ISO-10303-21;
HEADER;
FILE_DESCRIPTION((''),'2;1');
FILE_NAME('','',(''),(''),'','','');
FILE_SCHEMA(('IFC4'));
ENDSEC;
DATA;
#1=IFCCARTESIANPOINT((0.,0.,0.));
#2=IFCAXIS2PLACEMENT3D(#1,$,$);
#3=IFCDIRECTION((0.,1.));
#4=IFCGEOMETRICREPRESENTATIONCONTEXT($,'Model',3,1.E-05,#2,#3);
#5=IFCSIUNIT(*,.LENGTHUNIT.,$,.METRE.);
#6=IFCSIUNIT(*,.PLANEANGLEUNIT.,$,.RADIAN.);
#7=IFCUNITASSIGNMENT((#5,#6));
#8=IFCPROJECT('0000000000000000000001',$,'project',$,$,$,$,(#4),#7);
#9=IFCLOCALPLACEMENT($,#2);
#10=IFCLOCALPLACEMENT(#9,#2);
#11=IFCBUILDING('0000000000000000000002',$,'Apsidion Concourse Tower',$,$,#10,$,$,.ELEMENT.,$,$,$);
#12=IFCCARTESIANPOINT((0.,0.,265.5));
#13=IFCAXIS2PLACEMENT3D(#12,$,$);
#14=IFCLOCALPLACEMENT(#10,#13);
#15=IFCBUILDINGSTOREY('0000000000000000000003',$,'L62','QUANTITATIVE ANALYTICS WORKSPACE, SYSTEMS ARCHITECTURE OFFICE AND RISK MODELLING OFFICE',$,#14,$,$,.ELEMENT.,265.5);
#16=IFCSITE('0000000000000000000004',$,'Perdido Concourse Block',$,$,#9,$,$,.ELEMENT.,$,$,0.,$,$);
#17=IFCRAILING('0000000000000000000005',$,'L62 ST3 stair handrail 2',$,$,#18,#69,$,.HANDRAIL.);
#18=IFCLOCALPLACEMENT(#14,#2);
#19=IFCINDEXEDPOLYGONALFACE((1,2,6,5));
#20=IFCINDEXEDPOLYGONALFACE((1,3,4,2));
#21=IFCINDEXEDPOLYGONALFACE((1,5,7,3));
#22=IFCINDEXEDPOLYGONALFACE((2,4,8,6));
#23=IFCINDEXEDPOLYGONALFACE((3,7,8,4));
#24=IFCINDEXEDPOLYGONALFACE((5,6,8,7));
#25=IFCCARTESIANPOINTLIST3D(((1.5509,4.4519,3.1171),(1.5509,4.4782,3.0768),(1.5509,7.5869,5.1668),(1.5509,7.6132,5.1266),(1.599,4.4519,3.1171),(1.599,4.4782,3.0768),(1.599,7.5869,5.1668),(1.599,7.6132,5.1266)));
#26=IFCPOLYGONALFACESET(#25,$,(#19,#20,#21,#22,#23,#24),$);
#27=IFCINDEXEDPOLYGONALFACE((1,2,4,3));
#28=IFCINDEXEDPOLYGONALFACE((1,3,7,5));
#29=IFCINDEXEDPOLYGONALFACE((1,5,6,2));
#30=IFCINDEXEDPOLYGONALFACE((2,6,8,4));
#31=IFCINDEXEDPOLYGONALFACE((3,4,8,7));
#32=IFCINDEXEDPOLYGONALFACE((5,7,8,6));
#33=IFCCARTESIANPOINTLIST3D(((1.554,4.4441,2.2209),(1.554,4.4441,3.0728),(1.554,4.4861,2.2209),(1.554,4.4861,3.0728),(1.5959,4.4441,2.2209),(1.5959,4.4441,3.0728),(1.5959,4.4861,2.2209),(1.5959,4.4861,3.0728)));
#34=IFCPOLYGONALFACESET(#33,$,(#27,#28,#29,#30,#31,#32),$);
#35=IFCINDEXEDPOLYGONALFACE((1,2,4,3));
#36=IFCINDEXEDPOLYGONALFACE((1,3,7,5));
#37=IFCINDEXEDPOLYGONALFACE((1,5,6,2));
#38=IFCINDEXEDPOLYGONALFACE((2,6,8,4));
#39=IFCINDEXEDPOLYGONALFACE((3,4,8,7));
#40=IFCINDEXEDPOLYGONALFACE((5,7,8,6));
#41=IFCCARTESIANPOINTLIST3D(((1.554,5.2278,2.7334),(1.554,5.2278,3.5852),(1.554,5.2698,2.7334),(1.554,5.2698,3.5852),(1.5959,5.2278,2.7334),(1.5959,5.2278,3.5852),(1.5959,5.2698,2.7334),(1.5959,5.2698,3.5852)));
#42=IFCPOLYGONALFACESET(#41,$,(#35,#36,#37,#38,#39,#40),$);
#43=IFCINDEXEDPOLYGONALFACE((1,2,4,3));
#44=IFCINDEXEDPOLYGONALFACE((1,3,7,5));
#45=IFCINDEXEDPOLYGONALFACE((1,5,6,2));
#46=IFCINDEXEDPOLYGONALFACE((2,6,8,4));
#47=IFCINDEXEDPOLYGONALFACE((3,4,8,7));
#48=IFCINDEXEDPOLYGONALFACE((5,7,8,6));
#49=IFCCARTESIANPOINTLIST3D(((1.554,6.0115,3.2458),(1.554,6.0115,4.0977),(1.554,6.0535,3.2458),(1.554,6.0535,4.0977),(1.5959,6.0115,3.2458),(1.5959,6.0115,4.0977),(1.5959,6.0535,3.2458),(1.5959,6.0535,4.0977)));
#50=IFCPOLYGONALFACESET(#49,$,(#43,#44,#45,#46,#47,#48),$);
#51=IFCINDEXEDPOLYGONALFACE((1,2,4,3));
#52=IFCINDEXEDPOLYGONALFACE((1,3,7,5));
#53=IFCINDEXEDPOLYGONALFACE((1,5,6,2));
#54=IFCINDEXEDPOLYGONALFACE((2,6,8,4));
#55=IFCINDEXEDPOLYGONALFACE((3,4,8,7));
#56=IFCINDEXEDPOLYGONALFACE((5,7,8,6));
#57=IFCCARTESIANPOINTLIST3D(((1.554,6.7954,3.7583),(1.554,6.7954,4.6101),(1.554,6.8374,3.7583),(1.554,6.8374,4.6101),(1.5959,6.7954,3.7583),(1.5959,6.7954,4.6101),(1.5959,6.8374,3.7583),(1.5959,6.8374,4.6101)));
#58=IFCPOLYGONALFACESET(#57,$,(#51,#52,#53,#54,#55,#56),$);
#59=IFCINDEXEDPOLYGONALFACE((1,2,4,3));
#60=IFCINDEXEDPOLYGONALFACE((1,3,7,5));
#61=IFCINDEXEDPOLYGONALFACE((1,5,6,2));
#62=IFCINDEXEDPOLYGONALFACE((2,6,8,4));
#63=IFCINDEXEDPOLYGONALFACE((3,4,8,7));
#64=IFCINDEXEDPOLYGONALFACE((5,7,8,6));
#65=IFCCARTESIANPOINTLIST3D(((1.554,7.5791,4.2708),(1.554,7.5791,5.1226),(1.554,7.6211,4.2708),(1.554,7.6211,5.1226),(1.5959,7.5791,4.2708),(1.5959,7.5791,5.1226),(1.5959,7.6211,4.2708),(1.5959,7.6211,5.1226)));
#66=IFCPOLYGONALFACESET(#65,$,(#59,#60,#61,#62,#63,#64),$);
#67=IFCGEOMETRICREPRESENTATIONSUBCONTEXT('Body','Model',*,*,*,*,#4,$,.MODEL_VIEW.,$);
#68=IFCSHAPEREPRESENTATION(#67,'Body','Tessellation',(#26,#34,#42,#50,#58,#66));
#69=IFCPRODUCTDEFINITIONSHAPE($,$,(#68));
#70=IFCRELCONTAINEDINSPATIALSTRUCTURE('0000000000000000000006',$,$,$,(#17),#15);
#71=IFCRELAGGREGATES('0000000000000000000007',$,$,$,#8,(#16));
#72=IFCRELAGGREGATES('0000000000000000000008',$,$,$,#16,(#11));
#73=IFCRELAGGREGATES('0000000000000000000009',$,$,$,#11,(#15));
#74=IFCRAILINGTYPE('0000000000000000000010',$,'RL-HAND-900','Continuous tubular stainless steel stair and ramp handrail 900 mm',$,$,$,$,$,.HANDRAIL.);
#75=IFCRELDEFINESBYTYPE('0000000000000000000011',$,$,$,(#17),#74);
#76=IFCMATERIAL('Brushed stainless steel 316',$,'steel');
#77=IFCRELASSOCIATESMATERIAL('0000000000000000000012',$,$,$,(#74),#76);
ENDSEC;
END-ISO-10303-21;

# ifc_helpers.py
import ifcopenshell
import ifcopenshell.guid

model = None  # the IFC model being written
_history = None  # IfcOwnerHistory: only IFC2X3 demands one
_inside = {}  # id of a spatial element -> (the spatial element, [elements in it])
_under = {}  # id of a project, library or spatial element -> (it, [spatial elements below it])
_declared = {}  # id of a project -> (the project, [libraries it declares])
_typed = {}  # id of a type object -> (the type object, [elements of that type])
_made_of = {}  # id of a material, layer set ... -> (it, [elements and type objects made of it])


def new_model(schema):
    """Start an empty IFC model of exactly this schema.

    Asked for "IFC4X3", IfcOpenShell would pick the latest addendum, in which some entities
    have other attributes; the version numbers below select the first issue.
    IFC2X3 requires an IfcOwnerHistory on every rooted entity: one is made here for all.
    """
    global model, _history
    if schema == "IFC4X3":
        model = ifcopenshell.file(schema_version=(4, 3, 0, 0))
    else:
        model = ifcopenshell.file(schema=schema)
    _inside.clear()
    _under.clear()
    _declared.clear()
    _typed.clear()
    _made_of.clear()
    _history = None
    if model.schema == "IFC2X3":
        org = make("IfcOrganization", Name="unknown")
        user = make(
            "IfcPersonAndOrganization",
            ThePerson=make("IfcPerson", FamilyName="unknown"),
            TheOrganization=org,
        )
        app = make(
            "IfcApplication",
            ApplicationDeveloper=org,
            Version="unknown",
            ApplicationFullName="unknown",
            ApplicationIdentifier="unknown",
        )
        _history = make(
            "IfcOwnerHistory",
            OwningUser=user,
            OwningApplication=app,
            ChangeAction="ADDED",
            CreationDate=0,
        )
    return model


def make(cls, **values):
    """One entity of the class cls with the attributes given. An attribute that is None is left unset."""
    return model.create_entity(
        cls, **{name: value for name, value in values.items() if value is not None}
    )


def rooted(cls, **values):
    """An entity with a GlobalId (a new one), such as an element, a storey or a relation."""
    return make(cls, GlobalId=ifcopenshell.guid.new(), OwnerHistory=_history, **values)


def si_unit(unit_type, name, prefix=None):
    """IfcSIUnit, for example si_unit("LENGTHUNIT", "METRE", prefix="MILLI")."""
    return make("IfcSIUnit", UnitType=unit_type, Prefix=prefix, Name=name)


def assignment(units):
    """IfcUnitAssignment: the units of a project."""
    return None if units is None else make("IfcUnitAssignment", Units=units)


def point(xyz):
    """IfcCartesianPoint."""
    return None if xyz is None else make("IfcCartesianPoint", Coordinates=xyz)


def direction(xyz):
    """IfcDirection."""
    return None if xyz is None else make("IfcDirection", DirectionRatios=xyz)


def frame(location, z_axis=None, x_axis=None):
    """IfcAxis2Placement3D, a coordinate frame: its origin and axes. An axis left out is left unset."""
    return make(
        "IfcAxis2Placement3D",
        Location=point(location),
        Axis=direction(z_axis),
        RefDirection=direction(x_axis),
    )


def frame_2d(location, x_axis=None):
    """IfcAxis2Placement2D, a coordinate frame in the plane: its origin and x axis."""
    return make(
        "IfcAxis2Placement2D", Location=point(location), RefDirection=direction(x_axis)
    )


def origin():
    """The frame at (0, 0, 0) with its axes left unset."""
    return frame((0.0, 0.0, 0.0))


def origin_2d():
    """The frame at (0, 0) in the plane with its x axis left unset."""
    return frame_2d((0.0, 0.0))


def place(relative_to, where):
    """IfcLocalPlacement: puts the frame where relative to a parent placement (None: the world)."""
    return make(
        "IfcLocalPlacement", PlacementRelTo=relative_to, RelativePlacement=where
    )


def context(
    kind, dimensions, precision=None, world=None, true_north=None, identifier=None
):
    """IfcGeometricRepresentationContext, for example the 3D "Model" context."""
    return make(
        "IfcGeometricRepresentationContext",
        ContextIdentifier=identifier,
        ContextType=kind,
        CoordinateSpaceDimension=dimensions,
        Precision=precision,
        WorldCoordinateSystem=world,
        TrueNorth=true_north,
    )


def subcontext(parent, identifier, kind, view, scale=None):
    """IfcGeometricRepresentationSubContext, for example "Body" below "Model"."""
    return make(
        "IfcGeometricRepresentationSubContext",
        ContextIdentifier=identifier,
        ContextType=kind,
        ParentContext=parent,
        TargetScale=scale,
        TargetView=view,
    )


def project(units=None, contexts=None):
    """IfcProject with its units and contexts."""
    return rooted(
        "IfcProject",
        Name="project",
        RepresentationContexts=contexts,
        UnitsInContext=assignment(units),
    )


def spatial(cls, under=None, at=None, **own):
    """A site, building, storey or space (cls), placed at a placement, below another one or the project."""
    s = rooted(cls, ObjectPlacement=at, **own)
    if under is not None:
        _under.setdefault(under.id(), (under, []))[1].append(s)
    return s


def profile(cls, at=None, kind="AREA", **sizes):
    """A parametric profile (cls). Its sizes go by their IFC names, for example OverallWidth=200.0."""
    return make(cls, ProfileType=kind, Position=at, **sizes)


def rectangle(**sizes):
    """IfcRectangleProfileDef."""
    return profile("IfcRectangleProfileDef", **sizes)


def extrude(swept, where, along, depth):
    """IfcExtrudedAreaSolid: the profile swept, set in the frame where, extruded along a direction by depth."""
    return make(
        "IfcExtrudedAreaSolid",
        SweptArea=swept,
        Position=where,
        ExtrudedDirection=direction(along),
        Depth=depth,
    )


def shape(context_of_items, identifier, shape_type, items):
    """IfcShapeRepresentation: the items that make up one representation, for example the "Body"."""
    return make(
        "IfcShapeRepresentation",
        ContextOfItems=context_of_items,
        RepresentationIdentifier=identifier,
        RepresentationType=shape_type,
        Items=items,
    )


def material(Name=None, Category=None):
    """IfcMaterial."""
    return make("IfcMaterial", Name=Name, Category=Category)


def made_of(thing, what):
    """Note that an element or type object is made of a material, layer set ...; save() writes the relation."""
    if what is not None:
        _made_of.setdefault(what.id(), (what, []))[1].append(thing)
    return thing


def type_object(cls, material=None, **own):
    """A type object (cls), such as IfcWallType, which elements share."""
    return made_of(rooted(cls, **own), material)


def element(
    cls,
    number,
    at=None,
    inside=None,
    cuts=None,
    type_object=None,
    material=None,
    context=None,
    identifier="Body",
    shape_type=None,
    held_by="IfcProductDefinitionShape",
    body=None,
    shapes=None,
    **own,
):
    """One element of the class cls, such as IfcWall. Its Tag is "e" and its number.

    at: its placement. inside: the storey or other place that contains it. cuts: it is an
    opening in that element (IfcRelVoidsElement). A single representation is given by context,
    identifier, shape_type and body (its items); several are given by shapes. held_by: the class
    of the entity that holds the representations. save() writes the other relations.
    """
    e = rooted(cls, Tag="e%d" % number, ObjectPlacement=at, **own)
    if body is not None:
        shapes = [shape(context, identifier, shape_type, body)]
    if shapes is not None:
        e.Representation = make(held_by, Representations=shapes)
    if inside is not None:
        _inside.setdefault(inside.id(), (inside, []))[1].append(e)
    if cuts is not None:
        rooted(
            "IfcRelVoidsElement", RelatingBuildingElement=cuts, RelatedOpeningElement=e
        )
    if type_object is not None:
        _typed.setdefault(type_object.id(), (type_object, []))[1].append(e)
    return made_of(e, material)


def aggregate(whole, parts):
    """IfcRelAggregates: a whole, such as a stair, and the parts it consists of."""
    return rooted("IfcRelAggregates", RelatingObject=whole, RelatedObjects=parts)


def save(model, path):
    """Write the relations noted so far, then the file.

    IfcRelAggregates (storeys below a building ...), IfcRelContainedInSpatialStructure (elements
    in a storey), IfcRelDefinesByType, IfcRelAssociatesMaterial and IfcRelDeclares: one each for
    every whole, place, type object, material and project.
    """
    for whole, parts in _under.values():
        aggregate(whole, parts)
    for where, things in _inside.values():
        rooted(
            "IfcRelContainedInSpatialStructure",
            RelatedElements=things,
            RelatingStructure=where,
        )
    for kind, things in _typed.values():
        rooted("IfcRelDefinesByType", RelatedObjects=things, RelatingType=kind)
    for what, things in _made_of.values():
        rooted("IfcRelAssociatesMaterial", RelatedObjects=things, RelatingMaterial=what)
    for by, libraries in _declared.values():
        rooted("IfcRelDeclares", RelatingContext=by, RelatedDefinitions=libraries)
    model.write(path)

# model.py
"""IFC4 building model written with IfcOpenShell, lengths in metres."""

from ifc_helpers import new_model, si_unit, direction, frame, origin, origin_2d, place, context, subcontext, project, spatial, rectangle, extrude, material, type_object, element, save


model = new_model("IFC4")

# Units and contexts
model_context = context("Model", 3, precision=1e-05, world=origin(), true_north=direction((0.0, 1.0)))
body_context = subcontext(model_context, "Body", "Model", "MODEL_VIEW")
ifc_project = project(units=[si_unit("LENGTHUNIT", "METRE"), si_unit("PLANEANGLEUNIT", "RADIAN")], contexts=[model_context])

# Site, building, storey
site_placement = place(None, origin())
site = spatial("IfcSite", under=ifc_project, at=site_placement, Name="Perdido Concourse Block", CompositionType="ELEMENT", RefElevation=0.0)
building_placement = place(site_placement, origin())
building = spatial("IfcBuilding", under=site, at=building_placement, Name="Apsidion Concourse Tower", CompositionType="ELEMENT")
storey_placement = place(building_placement, frame((0.0, 0.0, 265.5)))
storey = spatial("IfcBuildingStorey", under=building, at=storey_placement, Name="L62", Description="QUANTITATIVE ANALYTICS WORKSPACE, SYSTEMS ARCHITECTURE OFFICE AND RISK MODELLING OFFICE", CompositionType="ELEMENT", Elevation=265.5)

# Railing
ifc_material_1 = material(Name="Brushed stainless steel 316", Category="steel")
railing_type_1 = type_object("IfcRailingType", Name="RL-HAND-900", Description="Continuous tubular stainless steel stair and ramp handrail 900 mm", PredefinedType="HANDRAIL", material=ifc_material_1)
railing_1_placement = place(storey_placement, frame((1.575, 4.4651, 2.2209)))
element("IfcRailing", 1, at=railing_1_placement, inside=storey, type_object=railing_type_1, Name="L62 ST3 stair handrail 2", PredefinedType="HANDRAIL", context=body_context, shape_type="SweptSolid", body=[
    extrude(rectangle(XDim=0.0481, YDim=0.0481, at=origin_2d()), frame((0.0, 0.0, 0.876), z_axis=(0.0, 0.836971, 0.547248), x_axis=(-1.0, 0.0, 0.0)), (0.0, 0.0, 1.0), 3.7456),
    extrude(rectangle(XDim=0.042, YDim=0.042, at=origin_2d()), origin(), (0.0, 0.0, 1.0), 0.8518),
    extrude(rectangle(XDim=0.042, YDim=0.042, at=origin_2d()), frame((0.0, 0.7837, 0.5125)), (0.0, 0.0, 1.0), 0.8518),
    extrude(rectangle(XDim=0.042, YDim=0.042, at=origin_2d()), frame((0.0, 1.5674, 1.0249)), (0.0, 0.0, 1.0), 0.8518),
    extrude(rectangle(XDim=0.042, YDim=0.042, at=origin_2d()), frame((0.0, 2.3513, 1.5374)), (0.0, 0.0, 1.0), 0.8518),
    extrude(rectangle(XDim=0.042, YDim=0.042, at=origin_2d()), frame((0.0, 3.135, 2.0498)), (0.0, 0.0, 1.0), 0.8518),
])

save(model, "model.ifc")
